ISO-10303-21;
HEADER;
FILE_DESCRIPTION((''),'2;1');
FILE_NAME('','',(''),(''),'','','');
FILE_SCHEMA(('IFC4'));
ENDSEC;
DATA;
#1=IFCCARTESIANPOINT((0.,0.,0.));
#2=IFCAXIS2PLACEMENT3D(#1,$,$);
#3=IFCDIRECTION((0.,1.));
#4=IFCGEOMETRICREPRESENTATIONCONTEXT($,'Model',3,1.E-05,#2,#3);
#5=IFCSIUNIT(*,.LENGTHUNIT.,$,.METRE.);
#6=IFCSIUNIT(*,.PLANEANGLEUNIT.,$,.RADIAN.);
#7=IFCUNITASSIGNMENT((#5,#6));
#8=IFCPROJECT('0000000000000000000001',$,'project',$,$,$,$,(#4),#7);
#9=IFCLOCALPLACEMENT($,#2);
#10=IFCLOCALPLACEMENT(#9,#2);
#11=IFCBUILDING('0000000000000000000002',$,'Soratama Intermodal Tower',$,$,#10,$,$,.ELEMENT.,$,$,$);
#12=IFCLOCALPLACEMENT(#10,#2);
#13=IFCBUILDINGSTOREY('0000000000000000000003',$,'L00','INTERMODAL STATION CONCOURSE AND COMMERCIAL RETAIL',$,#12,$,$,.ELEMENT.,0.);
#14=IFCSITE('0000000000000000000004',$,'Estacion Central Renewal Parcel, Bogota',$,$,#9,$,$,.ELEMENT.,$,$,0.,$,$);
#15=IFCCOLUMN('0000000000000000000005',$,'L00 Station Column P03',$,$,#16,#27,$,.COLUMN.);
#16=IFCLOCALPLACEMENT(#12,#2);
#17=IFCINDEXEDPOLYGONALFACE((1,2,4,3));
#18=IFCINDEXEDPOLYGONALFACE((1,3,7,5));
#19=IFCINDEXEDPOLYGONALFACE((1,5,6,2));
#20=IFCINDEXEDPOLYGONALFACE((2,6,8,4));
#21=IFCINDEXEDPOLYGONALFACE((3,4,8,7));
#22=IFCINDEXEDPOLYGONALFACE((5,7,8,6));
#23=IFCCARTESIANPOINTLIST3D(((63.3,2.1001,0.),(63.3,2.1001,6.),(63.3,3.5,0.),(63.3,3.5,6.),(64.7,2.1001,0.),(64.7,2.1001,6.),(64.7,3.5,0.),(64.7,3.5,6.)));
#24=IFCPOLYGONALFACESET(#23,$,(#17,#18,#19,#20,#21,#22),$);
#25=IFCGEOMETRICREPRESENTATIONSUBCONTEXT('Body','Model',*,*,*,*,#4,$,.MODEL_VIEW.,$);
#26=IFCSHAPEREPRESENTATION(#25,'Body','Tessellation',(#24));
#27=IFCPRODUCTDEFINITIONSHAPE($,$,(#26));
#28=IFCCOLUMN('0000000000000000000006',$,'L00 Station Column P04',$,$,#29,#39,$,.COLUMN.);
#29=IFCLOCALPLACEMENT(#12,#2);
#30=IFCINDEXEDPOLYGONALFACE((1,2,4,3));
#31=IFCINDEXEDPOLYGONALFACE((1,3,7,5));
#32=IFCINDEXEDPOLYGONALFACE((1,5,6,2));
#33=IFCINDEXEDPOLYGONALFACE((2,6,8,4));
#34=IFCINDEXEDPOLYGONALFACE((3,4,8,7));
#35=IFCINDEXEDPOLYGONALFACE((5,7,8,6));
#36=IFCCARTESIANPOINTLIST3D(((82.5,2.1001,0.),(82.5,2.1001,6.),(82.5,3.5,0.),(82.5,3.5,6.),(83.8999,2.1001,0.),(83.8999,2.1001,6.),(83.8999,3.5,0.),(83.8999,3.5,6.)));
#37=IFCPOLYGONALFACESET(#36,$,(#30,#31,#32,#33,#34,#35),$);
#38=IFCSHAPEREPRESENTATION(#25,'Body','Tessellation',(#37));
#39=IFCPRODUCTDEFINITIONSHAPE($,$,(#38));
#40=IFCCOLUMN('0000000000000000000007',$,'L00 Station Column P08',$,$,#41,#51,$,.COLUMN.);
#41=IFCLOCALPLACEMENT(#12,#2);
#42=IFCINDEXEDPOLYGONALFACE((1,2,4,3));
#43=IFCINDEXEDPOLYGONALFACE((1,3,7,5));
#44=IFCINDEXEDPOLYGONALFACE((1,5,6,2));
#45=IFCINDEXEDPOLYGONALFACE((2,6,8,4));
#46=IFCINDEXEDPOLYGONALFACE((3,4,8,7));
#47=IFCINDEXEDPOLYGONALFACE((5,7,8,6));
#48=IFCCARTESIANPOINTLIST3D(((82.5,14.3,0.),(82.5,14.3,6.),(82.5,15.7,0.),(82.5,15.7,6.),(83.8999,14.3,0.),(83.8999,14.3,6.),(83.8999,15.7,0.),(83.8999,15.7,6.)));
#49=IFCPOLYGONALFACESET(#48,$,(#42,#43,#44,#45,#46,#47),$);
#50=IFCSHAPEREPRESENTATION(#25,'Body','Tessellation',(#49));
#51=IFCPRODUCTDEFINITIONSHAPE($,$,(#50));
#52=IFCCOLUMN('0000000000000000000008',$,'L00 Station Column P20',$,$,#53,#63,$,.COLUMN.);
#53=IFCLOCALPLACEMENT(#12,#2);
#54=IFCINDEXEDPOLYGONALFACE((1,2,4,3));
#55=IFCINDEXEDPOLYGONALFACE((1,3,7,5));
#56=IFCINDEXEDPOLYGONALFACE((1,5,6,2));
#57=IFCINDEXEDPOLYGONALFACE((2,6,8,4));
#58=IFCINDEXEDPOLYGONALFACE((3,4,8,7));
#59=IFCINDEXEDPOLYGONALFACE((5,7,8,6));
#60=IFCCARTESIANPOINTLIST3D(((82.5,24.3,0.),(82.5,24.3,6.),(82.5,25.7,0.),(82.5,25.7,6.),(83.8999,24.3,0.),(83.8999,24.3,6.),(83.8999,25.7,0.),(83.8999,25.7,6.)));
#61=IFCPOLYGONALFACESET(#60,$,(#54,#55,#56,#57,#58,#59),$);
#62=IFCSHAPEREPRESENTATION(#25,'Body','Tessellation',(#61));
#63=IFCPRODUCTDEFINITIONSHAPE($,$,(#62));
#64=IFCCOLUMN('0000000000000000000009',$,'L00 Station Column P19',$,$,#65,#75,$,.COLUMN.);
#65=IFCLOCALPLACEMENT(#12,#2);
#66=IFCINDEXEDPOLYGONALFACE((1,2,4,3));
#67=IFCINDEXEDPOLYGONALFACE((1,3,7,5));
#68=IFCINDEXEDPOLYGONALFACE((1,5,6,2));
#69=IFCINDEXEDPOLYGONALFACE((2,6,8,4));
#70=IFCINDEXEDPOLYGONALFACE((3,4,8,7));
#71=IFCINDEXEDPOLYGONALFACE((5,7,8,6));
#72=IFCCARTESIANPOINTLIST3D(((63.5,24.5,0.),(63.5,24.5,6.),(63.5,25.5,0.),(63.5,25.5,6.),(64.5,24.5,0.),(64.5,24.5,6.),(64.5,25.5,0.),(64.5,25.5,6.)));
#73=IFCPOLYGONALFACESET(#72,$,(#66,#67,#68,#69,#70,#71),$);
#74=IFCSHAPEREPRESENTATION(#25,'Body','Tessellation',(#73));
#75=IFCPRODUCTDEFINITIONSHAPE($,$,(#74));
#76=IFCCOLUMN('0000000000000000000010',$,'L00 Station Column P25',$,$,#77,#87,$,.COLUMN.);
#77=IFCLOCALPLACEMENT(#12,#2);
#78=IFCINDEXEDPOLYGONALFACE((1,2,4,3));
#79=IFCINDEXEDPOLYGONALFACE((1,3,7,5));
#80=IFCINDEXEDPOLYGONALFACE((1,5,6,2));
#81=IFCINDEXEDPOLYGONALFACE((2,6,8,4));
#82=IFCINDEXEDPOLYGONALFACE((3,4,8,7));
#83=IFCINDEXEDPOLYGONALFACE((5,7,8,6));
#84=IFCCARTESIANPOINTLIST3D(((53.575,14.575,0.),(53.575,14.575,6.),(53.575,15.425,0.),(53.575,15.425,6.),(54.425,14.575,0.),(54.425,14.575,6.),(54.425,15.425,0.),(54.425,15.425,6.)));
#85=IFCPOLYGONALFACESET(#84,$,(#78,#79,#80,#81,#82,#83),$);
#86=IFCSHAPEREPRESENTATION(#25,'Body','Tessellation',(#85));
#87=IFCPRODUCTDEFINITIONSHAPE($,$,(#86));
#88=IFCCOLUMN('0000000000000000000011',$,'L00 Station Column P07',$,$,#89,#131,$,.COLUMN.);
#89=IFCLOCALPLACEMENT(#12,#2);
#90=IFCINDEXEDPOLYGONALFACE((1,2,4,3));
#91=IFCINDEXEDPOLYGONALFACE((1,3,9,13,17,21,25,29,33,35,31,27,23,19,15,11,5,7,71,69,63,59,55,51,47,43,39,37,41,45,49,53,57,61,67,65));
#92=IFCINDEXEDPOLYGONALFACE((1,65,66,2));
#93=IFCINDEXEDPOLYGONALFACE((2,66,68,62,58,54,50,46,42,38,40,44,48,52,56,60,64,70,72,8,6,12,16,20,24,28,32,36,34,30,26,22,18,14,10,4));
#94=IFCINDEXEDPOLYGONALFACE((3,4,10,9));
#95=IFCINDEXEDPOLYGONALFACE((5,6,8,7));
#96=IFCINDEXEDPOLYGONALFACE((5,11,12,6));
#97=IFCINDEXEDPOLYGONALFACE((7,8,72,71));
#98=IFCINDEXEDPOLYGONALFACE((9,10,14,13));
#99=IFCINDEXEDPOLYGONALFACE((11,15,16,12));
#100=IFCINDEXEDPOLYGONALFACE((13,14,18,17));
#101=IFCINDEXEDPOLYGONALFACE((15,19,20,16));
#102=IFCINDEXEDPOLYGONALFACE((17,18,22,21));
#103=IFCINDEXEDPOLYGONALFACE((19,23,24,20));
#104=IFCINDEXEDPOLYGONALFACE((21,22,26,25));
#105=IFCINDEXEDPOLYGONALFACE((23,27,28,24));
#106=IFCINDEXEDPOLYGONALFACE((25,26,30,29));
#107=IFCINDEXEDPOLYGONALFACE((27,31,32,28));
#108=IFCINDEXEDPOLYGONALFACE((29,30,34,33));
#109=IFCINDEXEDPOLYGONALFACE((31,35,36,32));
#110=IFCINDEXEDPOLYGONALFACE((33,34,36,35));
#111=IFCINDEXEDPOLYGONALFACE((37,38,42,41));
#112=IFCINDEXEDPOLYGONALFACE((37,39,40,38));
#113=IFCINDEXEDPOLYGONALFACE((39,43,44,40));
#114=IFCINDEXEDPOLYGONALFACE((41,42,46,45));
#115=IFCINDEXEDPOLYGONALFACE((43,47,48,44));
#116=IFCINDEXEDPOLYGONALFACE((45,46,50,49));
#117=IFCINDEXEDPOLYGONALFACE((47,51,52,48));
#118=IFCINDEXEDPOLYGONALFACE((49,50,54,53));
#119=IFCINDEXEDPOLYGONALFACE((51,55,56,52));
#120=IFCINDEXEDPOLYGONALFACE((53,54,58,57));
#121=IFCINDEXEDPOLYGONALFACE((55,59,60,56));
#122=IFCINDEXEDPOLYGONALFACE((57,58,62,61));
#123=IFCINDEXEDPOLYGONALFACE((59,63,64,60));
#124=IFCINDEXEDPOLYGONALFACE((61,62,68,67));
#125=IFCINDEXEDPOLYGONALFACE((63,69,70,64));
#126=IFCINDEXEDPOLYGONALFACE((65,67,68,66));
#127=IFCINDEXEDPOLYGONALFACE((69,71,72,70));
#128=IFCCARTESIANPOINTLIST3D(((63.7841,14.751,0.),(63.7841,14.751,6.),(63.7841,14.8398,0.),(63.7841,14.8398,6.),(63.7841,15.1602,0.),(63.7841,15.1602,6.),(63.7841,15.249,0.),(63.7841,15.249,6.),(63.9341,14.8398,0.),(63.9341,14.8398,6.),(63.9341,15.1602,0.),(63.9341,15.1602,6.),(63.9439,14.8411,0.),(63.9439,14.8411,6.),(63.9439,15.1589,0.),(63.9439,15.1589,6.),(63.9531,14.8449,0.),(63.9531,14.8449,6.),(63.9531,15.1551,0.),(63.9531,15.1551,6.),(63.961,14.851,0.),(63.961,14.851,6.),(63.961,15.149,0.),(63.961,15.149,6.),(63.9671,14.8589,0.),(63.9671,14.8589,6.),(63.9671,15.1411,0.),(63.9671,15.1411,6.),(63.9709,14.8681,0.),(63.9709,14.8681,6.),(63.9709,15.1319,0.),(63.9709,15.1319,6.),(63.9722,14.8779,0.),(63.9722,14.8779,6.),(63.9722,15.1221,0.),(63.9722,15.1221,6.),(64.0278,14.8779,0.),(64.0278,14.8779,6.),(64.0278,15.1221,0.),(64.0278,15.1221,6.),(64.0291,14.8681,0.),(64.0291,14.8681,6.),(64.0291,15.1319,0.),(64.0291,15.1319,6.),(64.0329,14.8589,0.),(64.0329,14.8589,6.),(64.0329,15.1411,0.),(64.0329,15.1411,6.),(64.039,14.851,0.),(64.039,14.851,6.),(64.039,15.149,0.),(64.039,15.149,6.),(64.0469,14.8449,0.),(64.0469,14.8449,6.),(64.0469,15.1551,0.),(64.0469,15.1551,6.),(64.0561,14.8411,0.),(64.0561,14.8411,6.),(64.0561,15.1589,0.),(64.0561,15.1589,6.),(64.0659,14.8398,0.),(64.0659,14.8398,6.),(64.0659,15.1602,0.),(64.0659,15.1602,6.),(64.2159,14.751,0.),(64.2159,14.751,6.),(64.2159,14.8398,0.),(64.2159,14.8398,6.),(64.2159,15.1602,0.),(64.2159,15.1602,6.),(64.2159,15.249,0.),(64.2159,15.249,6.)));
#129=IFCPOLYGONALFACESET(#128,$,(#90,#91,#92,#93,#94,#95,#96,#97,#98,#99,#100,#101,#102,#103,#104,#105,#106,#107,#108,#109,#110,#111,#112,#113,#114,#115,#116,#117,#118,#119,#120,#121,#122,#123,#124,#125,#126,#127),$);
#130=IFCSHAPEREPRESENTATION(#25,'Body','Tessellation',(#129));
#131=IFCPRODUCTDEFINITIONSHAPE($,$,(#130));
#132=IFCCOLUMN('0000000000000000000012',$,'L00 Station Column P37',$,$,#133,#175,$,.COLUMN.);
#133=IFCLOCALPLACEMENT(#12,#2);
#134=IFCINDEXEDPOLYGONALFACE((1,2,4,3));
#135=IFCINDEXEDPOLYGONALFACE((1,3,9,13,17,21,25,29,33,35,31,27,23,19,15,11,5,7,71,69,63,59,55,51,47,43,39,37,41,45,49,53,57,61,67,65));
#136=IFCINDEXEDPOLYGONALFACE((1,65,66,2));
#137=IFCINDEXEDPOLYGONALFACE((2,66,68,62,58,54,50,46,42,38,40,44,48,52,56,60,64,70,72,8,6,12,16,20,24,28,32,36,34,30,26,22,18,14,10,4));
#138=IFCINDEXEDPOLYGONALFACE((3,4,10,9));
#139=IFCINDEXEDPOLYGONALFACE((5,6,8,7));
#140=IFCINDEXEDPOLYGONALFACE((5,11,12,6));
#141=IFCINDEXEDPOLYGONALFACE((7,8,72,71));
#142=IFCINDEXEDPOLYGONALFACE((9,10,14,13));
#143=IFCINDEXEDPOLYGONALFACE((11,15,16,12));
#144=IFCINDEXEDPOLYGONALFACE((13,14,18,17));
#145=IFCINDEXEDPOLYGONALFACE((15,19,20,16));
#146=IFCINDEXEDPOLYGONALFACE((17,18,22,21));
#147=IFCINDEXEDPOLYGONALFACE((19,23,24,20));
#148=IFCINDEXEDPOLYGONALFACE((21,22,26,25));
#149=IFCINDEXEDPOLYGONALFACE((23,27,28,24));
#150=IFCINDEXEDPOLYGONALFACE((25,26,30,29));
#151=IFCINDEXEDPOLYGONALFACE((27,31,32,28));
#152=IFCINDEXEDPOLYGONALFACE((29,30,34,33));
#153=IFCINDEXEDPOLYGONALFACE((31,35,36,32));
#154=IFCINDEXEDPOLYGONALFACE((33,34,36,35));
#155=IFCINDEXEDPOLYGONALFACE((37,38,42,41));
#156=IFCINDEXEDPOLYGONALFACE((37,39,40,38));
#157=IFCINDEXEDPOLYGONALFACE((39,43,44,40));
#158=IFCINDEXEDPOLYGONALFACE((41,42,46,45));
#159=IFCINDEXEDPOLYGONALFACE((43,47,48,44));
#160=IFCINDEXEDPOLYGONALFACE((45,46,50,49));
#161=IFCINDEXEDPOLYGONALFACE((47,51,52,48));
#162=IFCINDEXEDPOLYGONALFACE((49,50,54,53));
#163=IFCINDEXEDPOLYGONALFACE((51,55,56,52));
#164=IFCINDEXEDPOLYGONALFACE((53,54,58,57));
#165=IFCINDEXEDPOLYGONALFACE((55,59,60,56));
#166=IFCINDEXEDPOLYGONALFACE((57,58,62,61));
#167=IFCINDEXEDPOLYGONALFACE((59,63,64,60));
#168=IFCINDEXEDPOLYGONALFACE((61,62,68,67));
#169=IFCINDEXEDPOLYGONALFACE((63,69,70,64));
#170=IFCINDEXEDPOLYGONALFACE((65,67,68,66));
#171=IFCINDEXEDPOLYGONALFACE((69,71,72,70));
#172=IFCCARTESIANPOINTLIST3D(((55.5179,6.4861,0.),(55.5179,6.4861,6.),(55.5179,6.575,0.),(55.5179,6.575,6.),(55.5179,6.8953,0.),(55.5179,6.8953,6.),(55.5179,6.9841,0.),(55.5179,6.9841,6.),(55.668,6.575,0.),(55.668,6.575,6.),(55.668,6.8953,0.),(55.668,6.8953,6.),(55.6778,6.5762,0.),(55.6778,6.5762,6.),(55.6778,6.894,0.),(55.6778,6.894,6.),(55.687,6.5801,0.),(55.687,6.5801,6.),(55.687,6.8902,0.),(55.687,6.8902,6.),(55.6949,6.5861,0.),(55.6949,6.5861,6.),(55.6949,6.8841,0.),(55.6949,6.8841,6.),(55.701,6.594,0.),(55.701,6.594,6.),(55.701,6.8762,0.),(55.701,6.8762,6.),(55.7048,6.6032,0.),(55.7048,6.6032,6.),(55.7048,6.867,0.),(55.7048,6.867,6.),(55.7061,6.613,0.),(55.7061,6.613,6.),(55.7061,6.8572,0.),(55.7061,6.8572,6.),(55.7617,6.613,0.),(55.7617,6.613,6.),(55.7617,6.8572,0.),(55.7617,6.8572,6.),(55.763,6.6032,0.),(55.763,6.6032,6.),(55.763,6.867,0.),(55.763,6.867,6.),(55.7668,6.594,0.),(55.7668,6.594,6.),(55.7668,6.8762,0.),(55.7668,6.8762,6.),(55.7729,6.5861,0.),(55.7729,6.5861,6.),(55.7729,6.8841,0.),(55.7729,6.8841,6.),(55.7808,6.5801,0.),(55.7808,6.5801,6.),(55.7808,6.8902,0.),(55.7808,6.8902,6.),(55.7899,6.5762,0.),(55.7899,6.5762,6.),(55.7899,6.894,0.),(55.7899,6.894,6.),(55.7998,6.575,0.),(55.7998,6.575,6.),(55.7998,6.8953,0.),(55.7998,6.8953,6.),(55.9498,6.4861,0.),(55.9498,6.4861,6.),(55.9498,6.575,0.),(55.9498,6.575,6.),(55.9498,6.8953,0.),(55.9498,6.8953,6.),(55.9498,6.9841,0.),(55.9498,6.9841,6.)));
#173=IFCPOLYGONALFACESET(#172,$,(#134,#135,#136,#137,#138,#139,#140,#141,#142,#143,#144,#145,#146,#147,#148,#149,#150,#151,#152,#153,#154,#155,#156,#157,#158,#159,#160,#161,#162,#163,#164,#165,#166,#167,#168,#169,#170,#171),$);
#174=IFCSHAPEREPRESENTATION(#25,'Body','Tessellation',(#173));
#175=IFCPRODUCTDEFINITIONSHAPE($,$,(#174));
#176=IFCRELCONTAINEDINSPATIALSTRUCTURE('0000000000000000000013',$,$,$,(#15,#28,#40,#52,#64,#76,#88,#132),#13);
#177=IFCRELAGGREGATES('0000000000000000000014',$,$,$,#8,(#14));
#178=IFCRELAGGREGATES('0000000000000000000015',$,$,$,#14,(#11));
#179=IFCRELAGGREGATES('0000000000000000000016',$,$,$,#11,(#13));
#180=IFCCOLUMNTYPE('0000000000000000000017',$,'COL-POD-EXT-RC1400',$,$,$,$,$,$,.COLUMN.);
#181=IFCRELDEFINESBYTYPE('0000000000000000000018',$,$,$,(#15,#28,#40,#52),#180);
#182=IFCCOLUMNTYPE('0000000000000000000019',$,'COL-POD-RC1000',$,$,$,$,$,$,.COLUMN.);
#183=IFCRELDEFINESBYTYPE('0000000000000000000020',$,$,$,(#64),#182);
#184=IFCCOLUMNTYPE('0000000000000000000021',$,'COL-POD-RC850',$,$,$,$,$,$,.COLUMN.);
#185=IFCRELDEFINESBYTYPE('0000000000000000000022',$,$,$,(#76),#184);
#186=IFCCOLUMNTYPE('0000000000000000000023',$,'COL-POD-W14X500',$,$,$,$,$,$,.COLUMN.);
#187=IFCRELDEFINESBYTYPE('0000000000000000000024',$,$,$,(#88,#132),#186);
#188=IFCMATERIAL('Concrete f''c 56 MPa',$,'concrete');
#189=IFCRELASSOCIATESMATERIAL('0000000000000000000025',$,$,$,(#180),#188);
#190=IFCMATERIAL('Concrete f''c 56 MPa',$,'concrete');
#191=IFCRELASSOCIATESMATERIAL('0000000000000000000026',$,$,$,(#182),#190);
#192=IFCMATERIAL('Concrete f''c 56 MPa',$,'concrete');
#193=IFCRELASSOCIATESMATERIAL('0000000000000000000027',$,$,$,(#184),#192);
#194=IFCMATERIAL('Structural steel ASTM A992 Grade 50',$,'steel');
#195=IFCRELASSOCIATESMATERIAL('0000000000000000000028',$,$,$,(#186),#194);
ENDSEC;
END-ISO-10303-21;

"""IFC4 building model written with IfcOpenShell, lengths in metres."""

from ifc_helpers import new_model, si_unit, direction, frame, origin, origin_2d, place, context, subcontext, project, spatial, rectangle, i_section, extrude, material, material_profile, profile_set, type_object, element, save


model = new_model("IFC4")

# Units and contexts
model_context = context("Model", 3, precision=1e-05, world=origin(), true_north=direction((0.0, 1.0)))
body_context = subcontext(model_context, "Body", "Model", "MODEL_VIEW")
ifc_project = project(units=[si_unit("LENGTHUNIT", "METRE"), si_unit("PLANEANGLEUNIT", "RADIAN")], contexts=[model_context])

# Site, building, storey
site_placement = place(None, origin())
site = spatial("IfcSite", under=ifc_project, at=site_placement, Name="Estacion Central Renewal Parcel, Bogota", CompositionType="ELEMENT", RefElevation=0.0)
building_placement = place(site_placement, origin())
building = spatial("IfcBuilding", under=site, at=building_placement, Name="Soratama Intermodal Tower", CompositionType="ELEMENT")
storey_placement = place(building_placement, origin())
storey = spatial("IfcBuildingStorey", under=building, at=storey_placement, Name="L00", Description="INTERMODAL STATION CONCOURSE AND COMMERCIAL RETAIL", CompositionType="ELEMENT", Elevation=0.0)

# Columns
ifc_material_1 = material(Name="Concrete f'c 56 MPa", Category="concrete")
ifc_material_profile_1 = material_profile(ifc_material_1, rectangle(XDim=1.3999, YDim=1.3999, at=origin_2d()), Name="RC1400X1400")
ifc_profile_set_1 = profile_set([ifc_material_profile_1], Name="Concrete f'c 56 MPa")
column_type_1 = type_object("IfcColumnType", Name="COL-POD-EXT-RC1400", PredefinedType="COLUMN", material=ifc_profile_set_1)
for number, where, z_axis, x_axis, name in (
    (1, (64.0, 2.8, 0.0), (0.0, 0.0, 1.0), (1.0, 0.0, 0.0), "L00 Station Column P03"),
    (2, (83.2, 2.8, 0.0), (0.0, 0.0, 1.0), (1.0, 0.0, 0.0), "L00 Station Column P04"),
    (3, (83.2, 15.0, 0.0), (0.0, 0.0, 1.0), (1.0, 0.0, 0.0), "L00 Station Column P08"),
    (4, (83.2, 25.0, 0.0), (0.0, 0.0, 1.0), (1.0, 0.0, 0.0), "L00 Station Column P20"),
):
    element("IfcColumn", number, at=place(storey_placement, frame(where, z_axis=z_axis, x_axis=x_axis)), inside=storey, type_object=column_type_1, Name=name, PredefinedType="COLUMN", context=body_context, shape_type="SweptSolid", body=[
        extrude(rectangle(XDim=1.3999, YDim=1.3999, at=origin_2d()), origin(), (0.0, 0.0, 1.0), 6.0),
    ])
ifc_material_2 = material(Name="Concrete f'c 56 MPa", Category="concrete")
ifc_material_profile_2 = material_profile(ifc_material_2, rectangle(XDim=1.0, YDim=1.0, at=origin_2d()), Name="RC1000X1000")
ifc_profile_set_2 = profile_set([ifc_material_profile_2], Name="Concrete f'c 56 MPa")
column_type_2 = type_object("IfcColumnType", Name="COL-POD-RC1000", PredefinedType="COLUMN", material=ifc_profile_set_2)
column_1_placement = place(storey_placement, frame((64.0, 25.0, 0.0), z_axis=(0.0, 0.0, 1.0), x_axis=(1.0, 0.0, 0.0)))
element("IfcColumn", 5, at=column_1_placement, inside=storey, type_object=column_type_2, Name="L00 Station Column P19", PredefinedType="COLUMN", context=body_context, shape_type="SweptSolid", body=[
    extrude(rectangle(XDim=1.0, YDim=1.0, at=origin_2d()), origin(), (0.0, 0.0, 1.0), 6.0),
])
ifc_material_3 = material(Name="Concrete f'c 56 MPa", Category="concrete")
ifc_material_profile_3 = material_profile(ifc_material_3, rectangle(XDim=0.8501, YDim=0.8501, at=origin_2d()), Name="RC850X850")
ifc_profile_set_3 = profile_set([ifc_material_profile_3], Name="Concrete f'c 56 MPa")
column_type_3 = type_object("IfcColumnType", Name="COL-POD-RC850", PredefinedType="COLUMN", material=ifc_profile_set_3)
column_2_placement = place(storey_placement, frame((54.0, 15.0, 0.0), z_axis=(0.0, 0.0, 1.0), x_axis=(1.0, 0.0, 0.0)))
element("IfcColumn", 6, at=column_2_placement, inside=storey, type_object=column_type_3, Name="L00 Station Column P25", PredefinedType="COLUMN", context=body_context, shape_type="SweptSolid", body=[
    extrude(rectangle(XDim=0.8501, YDim=0.8501, at=origin_2d()), origin(), (0.0, 0.0, 1.0), 6.0),
])
ifc_material_4 = material(Name="Structural steel ASTM A992 Grade 50", Category="steel")
ifc_material_profile_4 = material_profile(ifc_material_4, i_section(OverallWidth=0.4319, OverallDepth=0.498, WebThickness=0.0557, FlangeThickness=0.0889, FilletRadius=0.0381, at=origin_2d()), Name="W14X500")
ifc_profile_set_4 = profile_set([ifc_material_profile_4], Name="Structural steel ASTM A992 Grade 50")
column_type_4 = type_object("IfcColumnType", Name="COL-POD-W14X500", PredefinedType="COLUMN", material=ifc_profile_set_4)
for number, where, z_axis, x_axis, name in (
    (7, (64.0, 15.0, 0.0), (0.0, 0.0, 1.0), (1.0, 0.0, 0.0), "L00 Station Column P07"),
    (8, (55.7339, 6.7351, 0.0), (0.0, 0.0, 1.0), (1.0, 0.0, 0.0), "L00 Station Column P37"),
):
    element("IfcColumn", number, at=place(storey_placement, frame(where, z_axis=z_axis, x_axis=x_axis)), inside=storey, type_object=column_type_4, Name=name, PredefinedType="COLUMN", context=body_context, shape_type="SweptSolid", body=[
        extrude(i_section(OverallWidth=0.4319, OverallDepth=0.498, WebThickness=0.0557, FlangeThickness=0.0889, FilletRadius=0.0381, at=origin_2d()), origin(), (0.0, 0.0, 1.0), 6.0),
    ])

save(model, "model.ifc")
